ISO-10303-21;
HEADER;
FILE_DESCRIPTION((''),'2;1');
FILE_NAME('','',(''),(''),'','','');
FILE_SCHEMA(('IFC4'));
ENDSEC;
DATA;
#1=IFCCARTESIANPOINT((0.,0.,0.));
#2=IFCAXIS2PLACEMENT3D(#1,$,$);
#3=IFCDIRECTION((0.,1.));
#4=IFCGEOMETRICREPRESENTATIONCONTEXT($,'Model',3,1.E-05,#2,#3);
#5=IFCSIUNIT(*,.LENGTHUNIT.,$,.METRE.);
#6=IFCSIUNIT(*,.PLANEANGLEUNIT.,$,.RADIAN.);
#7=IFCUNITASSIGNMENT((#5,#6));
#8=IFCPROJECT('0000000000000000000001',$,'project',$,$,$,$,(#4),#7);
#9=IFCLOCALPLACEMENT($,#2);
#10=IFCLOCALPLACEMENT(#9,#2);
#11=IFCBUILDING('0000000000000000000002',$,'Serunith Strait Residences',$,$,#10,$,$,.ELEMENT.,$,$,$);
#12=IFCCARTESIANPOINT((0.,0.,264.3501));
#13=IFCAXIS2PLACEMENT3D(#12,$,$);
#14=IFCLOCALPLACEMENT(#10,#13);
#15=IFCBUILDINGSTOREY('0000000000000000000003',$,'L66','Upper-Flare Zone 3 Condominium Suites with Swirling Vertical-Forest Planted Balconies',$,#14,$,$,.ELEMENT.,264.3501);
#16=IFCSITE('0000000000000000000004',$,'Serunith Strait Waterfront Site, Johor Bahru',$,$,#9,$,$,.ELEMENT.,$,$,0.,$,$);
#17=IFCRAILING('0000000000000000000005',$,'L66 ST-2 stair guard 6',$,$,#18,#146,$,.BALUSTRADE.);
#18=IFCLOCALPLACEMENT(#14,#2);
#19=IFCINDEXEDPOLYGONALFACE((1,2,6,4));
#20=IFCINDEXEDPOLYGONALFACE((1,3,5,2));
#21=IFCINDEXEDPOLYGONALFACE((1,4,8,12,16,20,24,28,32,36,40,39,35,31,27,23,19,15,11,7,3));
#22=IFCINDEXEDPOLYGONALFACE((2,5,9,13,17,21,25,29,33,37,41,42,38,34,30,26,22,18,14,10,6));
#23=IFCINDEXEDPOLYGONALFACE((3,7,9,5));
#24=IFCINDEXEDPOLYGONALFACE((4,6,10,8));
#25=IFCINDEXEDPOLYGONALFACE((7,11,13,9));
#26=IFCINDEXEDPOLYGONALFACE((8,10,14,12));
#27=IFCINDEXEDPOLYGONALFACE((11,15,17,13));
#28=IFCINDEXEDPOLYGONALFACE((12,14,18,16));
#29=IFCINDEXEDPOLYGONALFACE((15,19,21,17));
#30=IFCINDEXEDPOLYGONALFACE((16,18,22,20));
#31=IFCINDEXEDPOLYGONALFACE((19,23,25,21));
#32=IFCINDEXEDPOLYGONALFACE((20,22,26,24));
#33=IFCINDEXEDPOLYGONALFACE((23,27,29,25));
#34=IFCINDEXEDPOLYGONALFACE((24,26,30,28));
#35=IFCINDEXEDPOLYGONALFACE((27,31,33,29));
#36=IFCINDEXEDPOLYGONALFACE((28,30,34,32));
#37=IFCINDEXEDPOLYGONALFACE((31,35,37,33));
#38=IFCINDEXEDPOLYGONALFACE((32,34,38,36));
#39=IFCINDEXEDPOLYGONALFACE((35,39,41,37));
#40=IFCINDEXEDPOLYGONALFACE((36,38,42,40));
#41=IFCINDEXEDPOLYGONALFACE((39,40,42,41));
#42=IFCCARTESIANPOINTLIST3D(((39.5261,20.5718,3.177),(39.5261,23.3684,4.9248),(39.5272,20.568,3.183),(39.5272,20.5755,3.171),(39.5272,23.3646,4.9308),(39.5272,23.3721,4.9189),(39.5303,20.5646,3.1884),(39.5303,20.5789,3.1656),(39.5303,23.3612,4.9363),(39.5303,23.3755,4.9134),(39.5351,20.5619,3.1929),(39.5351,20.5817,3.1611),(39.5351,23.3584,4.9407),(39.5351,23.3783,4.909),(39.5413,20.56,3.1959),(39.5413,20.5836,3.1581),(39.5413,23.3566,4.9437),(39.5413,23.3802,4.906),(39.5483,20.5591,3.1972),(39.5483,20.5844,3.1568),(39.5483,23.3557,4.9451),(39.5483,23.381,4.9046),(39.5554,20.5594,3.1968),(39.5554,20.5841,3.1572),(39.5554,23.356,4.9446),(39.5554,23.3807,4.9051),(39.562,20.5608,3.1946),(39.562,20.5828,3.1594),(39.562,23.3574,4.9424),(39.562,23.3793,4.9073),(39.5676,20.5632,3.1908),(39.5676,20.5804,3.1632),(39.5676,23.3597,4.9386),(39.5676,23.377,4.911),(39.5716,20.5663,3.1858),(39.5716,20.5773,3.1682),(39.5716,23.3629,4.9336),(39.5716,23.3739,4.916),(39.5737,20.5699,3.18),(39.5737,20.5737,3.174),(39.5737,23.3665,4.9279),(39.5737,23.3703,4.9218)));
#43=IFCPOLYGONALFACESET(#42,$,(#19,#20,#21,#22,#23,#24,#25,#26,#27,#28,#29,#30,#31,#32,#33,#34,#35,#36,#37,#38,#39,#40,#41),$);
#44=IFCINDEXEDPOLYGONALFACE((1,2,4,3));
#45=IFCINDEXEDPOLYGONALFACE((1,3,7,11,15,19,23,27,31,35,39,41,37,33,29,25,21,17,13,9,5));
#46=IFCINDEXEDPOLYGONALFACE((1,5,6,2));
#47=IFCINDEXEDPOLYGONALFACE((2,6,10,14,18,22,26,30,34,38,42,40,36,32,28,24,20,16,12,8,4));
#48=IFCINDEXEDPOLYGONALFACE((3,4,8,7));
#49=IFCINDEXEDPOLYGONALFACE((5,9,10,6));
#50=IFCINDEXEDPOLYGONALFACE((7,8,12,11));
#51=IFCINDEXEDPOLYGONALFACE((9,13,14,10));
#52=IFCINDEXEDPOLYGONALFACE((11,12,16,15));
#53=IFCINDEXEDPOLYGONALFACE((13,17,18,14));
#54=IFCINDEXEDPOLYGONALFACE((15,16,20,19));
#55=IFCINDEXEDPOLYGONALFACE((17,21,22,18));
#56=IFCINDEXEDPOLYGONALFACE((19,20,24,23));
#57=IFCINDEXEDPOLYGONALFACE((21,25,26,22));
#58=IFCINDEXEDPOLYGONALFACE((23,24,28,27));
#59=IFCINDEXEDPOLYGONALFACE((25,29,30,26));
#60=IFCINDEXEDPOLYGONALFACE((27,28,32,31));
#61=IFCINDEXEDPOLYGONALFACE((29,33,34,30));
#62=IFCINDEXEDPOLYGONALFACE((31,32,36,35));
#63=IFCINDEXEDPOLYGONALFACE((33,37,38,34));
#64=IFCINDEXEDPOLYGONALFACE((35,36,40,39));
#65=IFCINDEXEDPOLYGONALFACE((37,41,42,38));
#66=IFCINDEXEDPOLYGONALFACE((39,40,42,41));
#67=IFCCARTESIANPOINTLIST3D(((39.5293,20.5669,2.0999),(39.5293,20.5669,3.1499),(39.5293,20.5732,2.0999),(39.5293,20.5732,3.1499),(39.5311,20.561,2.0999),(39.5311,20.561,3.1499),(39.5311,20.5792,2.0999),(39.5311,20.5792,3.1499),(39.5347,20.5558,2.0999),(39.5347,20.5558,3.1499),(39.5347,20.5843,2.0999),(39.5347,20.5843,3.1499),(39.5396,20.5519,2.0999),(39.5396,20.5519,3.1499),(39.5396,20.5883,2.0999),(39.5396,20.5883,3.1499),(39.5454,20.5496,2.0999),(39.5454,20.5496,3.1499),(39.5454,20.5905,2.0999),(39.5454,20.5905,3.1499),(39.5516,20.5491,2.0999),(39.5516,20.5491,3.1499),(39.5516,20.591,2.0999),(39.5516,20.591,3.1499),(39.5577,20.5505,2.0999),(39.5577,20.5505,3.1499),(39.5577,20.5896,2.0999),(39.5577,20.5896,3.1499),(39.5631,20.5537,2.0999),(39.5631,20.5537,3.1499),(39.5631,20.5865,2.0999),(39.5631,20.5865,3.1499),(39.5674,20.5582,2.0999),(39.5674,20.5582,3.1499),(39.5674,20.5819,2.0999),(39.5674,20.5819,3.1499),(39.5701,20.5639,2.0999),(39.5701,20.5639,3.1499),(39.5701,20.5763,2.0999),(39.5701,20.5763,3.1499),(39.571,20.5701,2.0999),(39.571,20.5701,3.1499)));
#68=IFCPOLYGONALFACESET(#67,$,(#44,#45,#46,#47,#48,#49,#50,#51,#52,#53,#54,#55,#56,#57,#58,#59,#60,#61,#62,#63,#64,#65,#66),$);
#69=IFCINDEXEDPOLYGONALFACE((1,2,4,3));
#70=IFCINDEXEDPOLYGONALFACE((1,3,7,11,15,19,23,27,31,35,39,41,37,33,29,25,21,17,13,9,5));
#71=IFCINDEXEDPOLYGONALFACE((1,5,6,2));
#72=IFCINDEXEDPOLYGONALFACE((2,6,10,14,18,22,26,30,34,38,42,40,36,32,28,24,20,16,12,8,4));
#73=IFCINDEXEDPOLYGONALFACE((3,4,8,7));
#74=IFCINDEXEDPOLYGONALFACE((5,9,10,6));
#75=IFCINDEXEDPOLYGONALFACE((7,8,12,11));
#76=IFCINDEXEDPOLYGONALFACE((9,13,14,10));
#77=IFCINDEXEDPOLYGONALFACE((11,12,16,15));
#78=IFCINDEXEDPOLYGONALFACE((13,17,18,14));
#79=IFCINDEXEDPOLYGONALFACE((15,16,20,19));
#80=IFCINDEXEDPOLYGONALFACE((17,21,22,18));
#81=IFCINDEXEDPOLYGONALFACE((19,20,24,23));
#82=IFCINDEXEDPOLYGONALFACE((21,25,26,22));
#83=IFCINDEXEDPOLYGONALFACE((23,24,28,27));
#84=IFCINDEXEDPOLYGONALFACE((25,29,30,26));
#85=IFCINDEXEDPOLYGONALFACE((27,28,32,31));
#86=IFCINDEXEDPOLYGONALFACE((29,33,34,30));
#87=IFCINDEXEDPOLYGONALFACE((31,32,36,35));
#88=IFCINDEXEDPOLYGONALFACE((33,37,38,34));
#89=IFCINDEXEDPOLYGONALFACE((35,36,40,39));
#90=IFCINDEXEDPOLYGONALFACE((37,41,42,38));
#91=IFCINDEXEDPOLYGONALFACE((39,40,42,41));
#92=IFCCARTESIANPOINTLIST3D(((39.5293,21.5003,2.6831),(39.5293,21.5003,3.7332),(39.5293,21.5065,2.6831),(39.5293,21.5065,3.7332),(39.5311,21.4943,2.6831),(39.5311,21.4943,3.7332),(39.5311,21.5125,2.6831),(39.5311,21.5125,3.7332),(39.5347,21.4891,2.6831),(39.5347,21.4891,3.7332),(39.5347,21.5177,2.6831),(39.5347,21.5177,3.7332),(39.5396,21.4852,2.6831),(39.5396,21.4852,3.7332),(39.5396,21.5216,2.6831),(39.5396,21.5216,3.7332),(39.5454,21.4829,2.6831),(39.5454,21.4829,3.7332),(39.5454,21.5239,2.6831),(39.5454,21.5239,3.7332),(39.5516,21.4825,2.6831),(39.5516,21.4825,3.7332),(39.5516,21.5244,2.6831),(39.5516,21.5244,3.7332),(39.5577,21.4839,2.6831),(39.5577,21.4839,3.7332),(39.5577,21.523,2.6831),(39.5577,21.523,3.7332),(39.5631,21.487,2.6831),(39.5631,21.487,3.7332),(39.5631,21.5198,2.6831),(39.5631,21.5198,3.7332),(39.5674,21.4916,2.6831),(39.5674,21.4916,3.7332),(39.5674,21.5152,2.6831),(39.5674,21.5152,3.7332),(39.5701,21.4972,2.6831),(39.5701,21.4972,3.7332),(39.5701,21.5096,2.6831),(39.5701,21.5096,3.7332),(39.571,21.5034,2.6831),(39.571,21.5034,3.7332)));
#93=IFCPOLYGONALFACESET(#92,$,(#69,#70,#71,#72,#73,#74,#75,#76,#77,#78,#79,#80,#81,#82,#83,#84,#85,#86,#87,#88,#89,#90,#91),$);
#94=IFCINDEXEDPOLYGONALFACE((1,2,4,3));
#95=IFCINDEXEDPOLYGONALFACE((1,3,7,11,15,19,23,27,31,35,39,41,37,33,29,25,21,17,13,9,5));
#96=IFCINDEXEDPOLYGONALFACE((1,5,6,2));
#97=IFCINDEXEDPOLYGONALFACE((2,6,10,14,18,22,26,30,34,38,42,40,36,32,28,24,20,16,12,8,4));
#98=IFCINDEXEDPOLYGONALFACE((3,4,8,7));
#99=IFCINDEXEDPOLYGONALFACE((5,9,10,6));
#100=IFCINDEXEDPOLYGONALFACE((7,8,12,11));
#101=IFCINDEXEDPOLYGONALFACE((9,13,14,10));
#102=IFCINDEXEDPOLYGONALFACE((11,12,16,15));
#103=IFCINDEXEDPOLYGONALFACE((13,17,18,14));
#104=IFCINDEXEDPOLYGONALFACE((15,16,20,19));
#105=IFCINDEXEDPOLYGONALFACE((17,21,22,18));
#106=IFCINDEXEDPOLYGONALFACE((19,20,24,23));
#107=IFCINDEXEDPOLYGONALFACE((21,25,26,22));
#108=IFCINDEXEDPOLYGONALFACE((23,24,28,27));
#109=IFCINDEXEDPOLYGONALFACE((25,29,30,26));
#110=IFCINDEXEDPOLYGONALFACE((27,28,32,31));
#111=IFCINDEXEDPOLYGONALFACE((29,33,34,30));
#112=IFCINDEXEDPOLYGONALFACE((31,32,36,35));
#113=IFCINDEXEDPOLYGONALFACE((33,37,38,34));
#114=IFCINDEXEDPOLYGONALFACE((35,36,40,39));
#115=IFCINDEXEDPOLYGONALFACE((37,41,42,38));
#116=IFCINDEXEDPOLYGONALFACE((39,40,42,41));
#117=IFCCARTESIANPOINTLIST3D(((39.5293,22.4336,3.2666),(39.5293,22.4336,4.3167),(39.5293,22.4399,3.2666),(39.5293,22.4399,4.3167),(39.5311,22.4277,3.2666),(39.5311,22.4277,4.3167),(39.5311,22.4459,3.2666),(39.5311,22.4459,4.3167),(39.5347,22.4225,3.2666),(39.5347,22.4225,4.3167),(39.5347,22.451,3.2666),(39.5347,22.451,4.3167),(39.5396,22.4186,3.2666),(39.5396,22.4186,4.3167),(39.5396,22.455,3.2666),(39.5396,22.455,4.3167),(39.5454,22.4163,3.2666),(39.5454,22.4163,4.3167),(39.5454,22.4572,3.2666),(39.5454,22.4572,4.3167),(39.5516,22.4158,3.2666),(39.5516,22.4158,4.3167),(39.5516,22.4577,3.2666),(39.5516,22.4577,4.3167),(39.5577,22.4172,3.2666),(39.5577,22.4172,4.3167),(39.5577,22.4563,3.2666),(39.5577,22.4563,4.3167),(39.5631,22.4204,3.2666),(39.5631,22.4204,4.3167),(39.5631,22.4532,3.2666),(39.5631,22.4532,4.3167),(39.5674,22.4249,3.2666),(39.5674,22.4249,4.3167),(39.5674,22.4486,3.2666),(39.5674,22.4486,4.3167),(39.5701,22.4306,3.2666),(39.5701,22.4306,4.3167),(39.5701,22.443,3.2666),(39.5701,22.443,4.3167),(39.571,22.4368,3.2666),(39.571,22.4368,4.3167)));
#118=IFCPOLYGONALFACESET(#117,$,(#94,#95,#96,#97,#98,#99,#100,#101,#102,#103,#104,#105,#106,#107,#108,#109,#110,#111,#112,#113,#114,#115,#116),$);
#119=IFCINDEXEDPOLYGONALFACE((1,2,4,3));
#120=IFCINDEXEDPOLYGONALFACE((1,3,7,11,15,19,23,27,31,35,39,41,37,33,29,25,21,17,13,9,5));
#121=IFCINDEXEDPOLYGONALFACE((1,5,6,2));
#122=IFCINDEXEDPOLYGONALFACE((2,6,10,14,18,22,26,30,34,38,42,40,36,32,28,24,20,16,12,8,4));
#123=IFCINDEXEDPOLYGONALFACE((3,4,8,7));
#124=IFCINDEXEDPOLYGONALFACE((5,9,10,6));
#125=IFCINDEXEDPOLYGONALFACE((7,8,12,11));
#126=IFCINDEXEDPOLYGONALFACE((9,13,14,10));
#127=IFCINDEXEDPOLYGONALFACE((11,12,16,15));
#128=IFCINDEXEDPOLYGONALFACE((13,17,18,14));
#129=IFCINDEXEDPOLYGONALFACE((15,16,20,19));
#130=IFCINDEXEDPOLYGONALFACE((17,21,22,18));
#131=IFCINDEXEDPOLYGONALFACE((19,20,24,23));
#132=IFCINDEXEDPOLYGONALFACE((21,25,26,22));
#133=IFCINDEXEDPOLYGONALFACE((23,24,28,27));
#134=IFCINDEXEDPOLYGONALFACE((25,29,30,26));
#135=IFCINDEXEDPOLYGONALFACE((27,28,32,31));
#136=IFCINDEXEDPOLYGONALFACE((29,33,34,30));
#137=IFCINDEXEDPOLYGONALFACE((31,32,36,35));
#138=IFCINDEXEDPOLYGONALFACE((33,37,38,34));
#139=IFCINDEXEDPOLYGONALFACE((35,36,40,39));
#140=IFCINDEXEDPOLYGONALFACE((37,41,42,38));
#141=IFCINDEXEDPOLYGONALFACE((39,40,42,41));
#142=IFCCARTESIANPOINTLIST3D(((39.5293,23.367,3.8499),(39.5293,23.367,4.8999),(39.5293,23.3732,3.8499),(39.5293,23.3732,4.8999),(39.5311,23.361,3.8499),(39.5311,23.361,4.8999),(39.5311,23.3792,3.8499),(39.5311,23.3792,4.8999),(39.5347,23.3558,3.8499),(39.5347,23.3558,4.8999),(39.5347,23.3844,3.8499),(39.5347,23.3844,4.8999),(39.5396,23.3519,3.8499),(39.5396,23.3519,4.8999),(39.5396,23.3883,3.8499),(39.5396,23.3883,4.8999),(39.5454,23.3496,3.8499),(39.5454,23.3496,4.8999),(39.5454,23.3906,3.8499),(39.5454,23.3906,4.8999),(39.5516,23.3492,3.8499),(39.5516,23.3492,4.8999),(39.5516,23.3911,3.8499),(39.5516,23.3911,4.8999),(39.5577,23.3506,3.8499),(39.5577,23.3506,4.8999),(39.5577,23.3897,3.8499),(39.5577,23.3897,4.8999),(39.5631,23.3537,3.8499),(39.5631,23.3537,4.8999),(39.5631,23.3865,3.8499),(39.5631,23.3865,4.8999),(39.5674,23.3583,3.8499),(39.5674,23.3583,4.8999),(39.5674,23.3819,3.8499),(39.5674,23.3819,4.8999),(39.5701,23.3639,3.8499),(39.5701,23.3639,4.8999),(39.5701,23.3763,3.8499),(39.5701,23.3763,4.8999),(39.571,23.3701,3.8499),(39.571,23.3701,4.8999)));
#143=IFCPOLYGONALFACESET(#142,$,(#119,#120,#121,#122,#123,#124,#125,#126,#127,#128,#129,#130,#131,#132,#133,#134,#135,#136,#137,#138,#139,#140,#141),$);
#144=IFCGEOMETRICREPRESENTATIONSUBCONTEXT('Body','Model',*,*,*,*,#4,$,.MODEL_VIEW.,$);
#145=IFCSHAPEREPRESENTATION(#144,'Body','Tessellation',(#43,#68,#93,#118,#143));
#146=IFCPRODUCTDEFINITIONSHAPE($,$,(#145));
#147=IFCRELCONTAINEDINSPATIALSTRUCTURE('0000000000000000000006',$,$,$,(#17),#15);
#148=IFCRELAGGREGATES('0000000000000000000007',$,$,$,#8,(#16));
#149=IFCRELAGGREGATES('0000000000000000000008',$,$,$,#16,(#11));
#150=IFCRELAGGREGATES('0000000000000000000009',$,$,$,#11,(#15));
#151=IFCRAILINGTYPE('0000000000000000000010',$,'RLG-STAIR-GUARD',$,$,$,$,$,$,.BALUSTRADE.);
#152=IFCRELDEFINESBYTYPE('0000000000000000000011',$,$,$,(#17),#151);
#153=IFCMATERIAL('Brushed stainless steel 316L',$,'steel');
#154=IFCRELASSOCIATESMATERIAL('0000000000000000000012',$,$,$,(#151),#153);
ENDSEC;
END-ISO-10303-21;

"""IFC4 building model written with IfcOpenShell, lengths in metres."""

from ifc_helpers import new_model, si_unit, direction, frame, origin, origin_2d, place, context, subcontext, project, spatial, circle, extrude, material, type_object, element, save


model = new_model("IFC4")

# Units and contexts
model_context = context("Model", 3, precision=1e-05, world=origin(), true_north=direction((0.0, 1.0)))
body_context = subcontext(model_context, "Body", "Model", "MODEL_VIEW")
ifc_project = project(units=[si_unit("LENGTHUNIT", "METRE"), si_unit("PLANEANGLEUNIT", "RADIAN")], contexts=[model_context])

# Site, building, storey
site_placement = place(None, origin())
site = spatial("IfcSite", under=ifc_project, at=site_placement, Name="Serunith Strait Waterfront Site, Johor Bahru", CompositionType="ELEMENT", RefElevation=0.0)
building_placement = place(site_placement, origin())
building = spatial("IfcBuilding", under=site, at=building_placement, Name="Serunith Strait Residences", CompositionType="ELEMENT")
storey_placement = place(building_placement, frame((0.0, 0.0, 264.3501)))
storey = spatial("IfcBuildingStorey", under=building, at=storey_placement, Name="L66", Description="Upper-Flare Zone 3 Condominium Suites with Swirling Vertical-Forest Planted Balconies", CompositionType="ELEMENT", Elevation=264.3501)

# Railing
ifc_material_1 = material(Name="Brushed stainless steel 316L", Category="steel")
railing_type_1 = type_object("IfcRailingType", Name="RLG-STAIR-GUARD", PredefinedType="BALUSTRADE", material=ifc_material_1)
railing_1_placement = place(storey_placement, frame((39.55, 20.5701, 2.0999)))
element("IfcRailing", 1, at=railing_1_placement, inside=storey, type_object=railing_type_1, Name="L66 ST-2 stair guard 6", PredefinedType="BALUSTRADE", context=body_context, shape_type="SweptSolid", body=[
    extrude(circle(Radius=0.0239, at=origin_2d()), frame((0.0, 0.0017, 1.0771), z_axis=(0.0, 0.848002, 0.529992), x_axis=(-1.0, 0.0, 0.0)), (0.0, 0.0, 1.0), 3.2979),
    extrude(circle(Radius=0.021, at=origin_2d()), origin(), (0.0, 0.0, 1.0), 1.05),
    extrude(circle(Radius=0.021, at=origin_2d()), frame((0.0, 0.9333, 0.5833)), (0.0, 0.0, 1.0), 1.05),
    extrude(circle(Radius=0.021, at=origin_2d()), frame((0.0, 1.8667, 1.1667)), (0.0, 0.0, 1.0), 1.05),
    extrude(circle(Radius=0.021, at=origin_2d()), frame((0.0, 2.8, 1.75)), (0.0, 0.0, 1.0), 1.05),
])

save(model, "model.ifc")
